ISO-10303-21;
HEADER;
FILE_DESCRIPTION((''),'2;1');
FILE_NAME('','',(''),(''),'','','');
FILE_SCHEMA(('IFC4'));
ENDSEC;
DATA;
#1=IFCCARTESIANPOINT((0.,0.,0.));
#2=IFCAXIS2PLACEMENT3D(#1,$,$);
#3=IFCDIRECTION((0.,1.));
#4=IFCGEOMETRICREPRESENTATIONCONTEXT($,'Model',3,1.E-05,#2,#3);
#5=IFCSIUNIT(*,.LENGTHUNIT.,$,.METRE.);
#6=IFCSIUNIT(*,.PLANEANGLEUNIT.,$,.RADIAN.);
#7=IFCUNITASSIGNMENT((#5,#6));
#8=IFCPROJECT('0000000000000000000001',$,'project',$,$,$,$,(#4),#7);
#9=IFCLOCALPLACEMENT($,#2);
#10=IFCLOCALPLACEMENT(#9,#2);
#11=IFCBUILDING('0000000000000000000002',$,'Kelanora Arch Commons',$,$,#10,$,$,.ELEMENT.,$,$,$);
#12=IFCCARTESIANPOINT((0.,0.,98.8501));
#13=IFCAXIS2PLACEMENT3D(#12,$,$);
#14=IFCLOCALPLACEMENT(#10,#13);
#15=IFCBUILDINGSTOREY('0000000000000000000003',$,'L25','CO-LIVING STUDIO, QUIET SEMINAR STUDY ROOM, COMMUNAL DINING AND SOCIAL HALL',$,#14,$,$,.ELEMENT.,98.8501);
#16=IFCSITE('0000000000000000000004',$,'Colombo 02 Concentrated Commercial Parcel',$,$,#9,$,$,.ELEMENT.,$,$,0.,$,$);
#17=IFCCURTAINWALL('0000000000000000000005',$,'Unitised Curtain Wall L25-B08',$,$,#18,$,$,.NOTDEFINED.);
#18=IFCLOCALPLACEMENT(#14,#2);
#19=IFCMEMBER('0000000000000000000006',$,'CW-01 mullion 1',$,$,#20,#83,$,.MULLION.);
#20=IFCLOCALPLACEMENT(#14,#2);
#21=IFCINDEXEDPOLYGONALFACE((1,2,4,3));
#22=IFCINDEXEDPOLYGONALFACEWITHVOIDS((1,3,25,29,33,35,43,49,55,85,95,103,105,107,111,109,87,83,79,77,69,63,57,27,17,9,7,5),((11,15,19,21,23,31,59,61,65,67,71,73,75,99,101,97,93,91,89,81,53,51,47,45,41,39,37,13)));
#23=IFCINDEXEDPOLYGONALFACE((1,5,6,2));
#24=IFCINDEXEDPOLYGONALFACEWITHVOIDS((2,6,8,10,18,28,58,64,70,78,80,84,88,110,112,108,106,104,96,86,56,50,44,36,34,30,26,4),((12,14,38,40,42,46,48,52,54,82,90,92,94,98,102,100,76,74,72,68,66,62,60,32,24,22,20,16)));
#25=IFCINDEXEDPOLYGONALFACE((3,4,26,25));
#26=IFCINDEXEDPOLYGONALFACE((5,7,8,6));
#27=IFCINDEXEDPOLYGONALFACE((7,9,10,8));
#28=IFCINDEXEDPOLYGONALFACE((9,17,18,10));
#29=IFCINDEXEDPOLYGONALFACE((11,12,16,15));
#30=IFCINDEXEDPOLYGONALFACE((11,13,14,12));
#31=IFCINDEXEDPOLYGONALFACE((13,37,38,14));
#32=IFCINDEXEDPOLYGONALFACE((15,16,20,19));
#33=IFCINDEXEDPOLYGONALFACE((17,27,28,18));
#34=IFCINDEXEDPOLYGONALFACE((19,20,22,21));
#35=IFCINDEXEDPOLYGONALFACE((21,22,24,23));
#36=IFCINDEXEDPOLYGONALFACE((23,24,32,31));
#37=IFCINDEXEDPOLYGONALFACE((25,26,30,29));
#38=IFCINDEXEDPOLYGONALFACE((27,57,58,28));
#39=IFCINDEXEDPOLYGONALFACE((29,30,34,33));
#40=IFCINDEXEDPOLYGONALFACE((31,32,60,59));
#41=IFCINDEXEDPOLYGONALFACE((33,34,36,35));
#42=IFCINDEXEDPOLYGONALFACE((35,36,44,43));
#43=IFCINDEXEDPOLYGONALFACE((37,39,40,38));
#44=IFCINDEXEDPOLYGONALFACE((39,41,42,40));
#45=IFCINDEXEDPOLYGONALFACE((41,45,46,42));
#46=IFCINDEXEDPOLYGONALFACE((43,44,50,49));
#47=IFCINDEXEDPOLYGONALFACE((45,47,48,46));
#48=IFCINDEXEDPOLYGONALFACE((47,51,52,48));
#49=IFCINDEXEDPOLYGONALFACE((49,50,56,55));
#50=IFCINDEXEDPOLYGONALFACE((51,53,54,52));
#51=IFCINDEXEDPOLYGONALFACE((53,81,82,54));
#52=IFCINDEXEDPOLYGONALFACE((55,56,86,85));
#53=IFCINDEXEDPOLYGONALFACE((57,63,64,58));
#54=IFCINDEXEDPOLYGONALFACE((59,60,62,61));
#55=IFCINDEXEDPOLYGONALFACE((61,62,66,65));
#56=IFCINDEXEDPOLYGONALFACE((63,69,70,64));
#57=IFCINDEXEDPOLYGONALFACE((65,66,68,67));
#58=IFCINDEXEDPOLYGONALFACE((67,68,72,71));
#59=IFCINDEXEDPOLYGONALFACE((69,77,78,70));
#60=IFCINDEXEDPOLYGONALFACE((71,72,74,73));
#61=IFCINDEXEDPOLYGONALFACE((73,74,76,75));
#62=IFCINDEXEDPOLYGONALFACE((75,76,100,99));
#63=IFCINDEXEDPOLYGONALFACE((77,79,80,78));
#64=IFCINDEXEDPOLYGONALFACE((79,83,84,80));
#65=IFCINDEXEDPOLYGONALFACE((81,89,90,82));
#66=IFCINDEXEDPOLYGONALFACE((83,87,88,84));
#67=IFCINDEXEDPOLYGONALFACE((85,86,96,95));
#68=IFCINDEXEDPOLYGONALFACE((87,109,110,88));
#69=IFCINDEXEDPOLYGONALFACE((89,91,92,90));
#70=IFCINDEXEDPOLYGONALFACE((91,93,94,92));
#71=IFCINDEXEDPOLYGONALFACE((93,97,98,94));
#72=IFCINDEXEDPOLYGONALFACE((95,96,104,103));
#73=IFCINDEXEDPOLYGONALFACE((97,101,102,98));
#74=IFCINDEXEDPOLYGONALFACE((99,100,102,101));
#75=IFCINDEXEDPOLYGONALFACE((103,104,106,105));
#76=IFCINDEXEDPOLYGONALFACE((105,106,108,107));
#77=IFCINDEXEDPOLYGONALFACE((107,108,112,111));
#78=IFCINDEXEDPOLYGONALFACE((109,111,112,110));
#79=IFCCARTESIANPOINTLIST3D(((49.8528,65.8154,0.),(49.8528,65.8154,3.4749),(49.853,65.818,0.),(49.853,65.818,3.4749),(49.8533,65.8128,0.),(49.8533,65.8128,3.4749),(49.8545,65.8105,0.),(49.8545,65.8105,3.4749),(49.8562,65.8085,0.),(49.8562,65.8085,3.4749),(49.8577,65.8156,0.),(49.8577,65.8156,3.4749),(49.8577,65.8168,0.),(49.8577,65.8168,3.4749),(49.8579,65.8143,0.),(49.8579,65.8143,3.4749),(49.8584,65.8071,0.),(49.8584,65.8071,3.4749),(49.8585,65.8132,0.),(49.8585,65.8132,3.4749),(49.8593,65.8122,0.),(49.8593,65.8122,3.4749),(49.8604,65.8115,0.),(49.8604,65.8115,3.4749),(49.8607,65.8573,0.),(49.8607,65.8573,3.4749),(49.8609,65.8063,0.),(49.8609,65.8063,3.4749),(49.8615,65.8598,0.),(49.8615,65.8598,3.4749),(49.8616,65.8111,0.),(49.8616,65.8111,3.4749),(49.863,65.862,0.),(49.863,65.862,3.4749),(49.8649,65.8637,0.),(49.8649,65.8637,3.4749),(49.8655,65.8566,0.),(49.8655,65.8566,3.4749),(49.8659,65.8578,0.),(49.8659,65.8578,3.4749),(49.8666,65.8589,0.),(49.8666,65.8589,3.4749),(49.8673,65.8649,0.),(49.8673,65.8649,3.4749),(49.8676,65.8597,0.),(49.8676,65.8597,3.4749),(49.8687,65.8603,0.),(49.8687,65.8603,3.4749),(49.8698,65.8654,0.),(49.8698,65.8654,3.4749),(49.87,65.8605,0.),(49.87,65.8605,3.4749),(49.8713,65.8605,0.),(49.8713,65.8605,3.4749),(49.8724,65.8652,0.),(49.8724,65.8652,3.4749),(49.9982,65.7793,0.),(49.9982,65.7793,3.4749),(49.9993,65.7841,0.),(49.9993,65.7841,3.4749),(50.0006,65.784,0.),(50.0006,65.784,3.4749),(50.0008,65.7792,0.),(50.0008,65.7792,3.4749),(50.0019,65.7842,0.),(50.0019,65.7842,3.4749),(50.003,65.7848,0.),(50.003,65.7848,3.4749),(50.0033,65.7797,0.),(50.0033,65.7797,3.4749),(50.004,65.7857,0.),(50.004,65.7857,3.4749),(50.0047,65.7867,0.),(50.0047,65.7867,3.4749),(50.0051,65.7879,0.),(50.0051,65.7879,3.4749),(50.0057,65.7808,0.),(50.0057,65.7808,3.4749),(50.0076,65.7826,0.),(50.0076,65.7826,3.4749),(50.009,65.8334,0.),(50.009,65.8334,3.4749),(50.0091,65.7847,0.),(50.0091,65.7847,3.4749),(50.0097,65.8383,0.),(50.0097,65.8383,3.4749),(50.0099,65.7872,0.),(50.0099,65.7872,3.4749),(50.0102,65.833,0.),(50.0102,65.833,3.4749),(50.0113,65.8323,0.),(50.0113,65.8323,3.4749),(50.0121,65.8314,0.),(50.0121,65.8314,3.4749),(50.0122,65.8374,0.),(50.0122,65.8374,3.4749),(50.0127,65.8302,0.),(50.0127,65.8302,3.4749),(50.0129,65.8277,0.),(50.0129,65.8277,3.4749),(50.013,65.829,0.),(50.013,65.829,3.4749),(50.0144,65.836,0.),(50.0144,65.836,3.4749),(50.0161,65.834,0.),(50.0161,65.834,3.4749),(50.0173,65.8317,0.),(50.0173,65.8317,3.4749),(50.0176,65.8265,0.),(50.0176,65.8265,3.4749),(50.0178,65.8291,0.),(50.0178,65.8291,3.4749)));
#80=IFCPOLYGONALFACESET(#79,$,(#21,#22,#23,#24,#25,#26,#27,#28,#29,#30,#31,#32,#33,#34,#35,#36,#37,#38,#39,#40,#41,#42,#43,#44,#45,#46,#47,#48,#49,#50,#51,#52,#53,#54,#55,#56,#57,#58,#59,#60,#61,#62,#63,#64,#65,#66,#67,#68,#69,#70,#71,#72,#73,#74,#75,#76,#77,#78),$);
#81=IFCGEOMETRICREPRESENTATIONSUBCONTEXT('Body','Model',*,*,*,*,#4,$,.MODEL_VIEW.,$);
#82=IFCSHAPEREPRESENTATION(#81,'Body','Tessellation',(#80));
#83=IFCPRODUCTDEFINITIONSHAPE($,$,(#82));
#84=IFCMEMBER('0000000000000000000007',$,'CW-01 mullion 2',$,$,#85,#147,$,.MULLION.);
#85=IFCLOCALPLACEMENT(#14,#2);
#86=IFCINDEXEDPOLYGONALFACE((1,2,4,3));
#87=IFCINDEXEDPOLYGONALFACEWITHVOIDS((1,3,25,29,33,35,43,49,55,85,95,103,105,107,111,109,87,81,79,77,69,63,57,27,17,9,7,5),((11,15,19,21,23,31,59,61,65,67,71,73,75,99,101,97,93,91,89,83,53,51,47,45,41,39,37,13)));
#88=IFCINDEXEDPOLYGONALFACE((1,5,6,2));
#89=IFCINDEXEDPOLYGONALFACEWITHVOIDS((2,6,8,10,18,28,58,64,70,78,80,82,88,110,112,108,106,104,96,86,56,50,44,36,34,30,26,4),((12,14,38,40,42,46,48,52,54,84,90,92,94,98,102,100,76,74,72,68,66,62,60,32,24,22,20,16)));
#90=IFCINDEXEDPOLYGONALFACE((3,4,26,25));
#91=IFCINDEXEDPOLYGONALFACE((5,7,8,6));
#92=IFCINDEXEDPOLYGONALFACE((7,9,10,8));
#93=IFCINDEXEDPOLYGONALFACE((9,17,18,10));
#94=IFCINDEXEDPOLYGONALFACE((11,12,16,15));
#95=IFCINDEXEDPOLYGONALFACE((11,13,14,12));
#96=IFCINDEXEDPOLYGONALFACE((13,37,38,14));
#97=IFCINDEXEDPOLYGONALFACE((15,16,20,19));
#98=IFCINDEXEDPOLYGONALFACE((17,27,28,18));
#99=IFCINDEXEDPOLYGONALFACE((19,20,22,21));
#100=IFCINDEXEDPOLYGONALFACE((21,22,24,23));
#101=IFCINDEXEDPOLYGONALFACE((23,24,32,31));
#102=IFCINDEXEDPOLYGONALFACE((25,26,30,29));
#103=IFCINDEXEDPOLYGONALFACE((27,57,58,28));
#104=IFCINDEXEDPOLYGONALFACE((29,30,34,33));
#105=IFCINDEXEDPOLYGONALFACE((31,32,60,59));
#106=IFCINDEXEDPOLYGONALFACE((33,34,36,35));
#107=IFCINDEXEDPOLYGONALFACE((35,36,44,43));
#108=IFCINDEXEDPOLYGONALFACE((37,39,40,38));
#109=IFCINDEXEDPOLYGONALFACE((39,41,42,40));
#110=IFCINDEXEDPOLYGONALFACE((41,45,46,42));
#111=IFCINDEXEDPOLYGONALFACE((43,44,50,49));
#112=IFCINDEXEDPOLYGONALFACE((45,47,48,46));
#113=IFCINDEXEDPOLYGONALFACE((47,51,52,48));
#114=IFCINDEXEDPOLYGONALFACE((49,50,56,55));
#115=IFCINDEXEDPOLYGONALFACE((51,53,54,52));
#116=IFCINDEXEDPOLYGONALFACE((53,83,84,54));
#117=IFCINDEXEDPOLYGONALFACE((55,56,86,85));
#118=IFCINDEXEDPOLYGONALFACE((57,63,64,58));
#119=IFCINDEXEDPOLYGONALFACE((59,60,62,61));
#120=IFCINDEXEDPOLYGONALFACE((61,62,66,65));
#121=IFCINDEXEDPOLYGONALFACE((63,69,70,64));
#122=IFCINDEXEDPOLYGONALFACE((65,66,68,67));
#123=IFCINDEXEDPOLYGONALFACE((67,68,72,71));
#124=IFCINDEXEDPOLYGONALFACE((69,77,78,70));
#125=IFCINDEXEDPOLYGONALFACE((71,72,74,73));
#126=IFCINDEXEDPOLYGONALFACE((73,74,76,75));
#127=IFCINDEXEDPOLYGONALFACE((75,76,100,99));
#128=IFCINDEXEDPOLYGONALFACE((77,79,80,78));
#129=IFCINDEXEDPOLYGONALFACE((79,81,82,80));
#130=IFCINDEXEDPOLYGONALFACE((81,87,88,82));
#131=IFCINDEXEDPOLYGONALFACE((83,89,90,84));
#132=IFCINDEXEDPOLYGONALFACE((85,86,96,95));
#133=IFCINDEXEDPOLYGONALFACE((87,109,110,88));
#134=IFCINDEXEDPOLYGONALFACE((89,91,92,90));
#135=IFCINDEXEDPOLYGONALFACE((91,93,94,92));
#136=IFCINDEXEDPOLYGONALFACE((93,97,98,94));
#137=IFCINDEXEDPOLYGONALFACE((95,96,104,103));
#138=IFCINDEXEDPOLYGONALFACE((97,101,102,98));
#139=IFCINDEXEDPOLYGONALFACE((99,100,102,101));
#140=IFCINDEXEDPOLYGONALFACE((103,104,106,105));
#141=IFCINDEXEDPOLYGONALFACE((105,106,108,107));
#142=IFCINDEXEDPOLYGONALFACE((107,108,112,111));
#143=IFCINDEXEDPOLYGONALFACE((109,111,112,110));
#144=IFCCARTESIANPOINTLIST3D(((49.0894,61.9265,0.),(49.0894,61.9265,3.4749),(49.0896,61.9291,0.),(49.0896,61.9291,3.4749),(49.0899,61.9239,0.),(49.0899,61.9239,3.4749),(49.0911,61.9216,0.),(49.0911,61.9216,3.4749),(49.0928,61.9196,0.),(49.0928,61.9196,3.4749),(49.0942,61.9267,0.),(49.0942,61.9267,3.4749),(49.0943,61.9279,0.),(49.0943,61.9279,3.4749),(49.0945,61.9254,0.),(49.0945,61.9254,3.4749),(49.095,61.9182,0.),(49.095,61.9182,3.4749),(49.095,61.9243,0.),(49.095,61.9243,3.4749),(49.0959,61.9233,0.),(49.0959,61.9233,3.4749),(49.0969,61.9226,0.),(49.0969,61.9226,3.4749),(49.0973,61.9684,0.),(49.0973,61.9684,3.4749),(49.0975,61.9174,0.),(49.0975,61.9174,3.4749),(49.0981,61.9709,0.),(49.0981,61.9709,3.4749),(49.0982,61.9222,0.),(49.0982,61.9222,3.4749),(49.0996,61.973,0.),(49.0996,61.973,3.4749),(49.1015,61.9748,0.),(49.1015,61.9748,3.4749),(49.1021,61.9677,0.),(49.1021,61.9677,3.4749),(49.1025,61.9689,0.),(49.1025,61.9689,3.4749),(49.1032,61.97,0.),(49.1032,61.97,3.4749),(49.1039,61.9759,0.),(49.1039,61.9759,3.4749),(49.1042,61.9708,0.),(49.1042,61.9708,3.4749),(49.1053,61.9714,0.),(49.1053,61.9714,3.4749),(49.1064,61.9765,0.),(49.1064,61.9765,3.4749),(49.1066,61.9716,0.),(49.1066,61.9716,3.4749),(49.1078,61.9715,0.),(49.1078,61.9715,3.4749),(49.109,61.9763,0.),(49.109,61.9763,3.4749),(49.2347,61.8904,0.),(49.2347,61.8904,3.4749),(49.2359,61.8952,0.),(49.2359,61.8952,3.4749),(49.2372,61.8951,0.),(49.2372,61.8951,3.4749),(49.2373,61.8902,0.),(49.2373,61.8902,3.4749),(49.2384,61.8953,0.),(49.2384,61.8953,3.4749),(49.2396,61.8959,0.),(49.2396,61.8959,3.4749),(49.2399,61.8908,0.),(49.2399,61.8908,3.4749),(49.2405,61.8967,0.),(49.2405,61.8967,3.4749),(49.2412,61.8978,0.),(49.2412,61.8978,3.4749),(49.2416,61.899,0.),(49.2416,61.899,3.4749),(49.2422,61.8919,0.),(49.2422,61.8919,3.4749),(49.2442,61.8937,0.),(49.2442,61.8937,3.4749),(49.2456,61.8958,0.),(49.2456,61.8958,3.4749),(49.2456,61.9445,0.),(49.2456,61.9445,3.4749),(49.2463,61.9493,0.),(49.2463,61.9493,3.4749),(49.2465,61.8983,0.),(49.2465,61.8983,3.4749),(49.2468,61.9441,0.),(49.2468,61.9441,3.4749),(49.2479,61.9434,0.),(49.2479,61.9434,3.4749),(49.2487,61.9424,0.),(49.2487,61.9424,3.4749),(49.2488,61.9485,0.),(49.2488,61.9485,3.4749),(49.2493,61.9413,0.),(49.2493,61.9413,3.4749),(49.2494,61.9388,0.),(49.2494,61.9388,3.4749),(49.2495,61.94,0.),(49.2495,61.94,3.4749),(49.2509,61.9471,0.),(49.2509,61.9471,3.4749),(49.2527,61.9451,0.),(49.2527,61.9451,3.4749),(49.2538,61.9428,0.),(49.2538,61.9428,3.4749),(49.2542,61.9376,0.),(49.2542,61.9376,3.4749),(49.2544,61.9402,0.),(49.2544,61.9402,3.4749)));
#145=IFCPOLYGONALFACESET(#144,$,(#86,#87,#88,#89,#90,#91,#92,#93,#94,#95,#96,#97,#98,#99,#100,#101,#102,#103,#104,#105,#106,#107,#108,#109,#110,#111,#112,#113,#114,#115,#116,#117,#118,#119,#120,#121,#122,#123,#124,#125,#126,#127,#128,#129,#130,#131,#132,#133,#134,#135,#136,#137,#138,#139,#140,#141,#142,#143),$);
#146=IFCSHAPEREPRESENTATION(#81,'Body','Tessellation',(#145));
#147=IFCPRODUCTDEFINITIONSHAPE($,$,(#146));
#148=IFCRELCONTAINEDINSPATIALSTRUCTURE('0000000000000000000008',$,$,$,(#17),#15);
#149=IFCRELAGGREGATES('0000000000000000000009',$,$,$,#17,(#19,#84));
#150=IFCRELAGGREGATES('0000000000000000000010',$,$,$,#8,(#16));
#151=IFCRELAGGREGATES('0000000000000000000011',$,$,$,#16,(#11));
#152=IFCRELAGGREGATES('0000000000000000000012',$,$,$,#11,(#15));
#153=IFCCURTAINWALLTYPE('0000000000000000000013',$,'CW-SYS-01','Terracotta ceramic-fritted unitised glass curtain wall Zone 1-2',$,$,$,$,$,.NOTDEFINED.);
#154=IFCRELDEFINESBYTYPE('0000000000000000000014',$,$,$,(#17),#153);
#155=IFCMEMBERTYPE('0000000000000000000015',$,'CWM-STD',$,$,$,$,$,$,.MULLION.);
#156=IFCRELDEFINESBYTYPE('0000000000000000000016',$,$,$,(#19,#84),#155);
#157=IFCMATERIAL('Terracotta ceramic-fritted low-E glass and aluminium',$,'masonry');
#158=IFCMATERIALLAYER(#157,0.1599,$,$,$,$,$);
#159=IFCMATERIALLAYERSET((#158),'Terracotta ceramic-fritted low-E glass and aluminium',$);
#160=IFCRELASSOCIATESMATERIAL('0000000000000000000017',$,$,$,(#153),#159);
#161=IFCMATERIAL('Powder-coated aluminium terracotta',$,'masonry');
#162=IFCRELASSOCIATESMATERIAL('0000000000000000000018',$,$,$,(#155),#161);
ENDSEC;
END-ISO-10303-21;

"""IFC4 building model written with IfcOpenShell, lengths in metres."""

from ifc_helpers import new_model, si_unit, direction, frame, origin, origin_2d, place, context, subcontext, project, spatial, hollow_rectangle, extrude, material, layer, layer_set, material_profile, profile_set, type_object, element, aggregate, save


model = new_model("IFC4")

# Units and contexts
model_context = context("Model", 3, precision=1e-05, world=origin(), true_north=direction((0.0, 1.0)))
body_context = subcontext(model_context, "Body", "Model", "MODEL_VIEW")
ifc_project = project(units=[si_unit("LENGTHUNIT", "METRE"), si_unit("PLANEANGLEUNIT", "RADIAN")], contexts=[model_context])

# Site, building, storey
site_placement = place(None, origin())
site = spatial("IfcSite", under=ifc_project, at=site_placement, Name="Colombo 02 Concentrated Commercial Parcel", CompositionType="ELEMENT", RefElevation=0.0)
building_placement = place(site_placement, origin())
building = spatial("IfcBuilding", under=site, at=building_placement, Name="Kelanora Arch Commons", CompositionType="ELEMENT")
storey_placement = place(building_placement, frame((0.0, 0.0, 98.8501)))
storey = spatial("IfcBuildingStorey", under=building, at=storey_placement, Name="L25", Description="CO-LIVING STUDIO, QUIET SEMINAR STUDY ROOM, COMMUNAL DINING AND SOCIAL HALL", CompositionType="ELEMENT", Elevation=98.8501)

# Curtain wall, members
ifc_material_1 = material(Name="Terracotta ceramic-fritted low-E glass and aluminium", Category="masonry")
ifc_layer_1 = layer(ifc_material_1, 0.1599)
ifc_layer_set_1 = layer_set([ifc_layer_1], Name="Terracotta ceramic-fritted low-E glass and aluminium")
curtain_wall_type = type_object("IfcCurtainWallType", Name="CW-SYS-01", Description="Terracotta ceramic-fritted unitised glass curtain wall Zone 1-2", PredefinedType="NOTDEFINED", material=ifc_layer_set_1)
curtain_wall_placement = place(storey_placement, origin())
curtain_wall = element("IfcCurtainWall", 1, at=curtain_wall_placement, inside=storey, type_object=curtain_wall_type, Name="Unitised Curtain Wall L25-B08", PredefinedType="NOTDEFINED")
ifc_material_2 = material(Name="Powder-coated aluminium terracotta", Category="masonry")
ifc_material_profile_1 = material_profile(ifc_material_2, hollow_rectangle(XDim=0.1599, YDim=0.0601, WallThickness=0.0049, InnerFilletRadius=0.0049, OuterFilletRadius=0.01, at=origin_2d()), Name="CWM160x60")
ifc_profile_set_1 = profile_set([ifc_material_profile_1], Name="Powder-coated aluminium terracotta")
member_type_1 = type_object("IfcMemberType", Name="CWM-STD", PredefinedType="MULLION", material=ifc_profile_set_1)
member_1_placement = place(storey_placement, frame((49.9353, 65.8223, 0.0), z_axis=(0.0, 0.0, 1.0), x_axis=(0.98128, -0.192585, 0.0)))
member_1 = element("IfcMember", 2, at=member_1_placement, type_object=member_type_1, Name="CW-01 mullion 1", PredefinedType="MULLION", context=body_context, shape_type="SweptSolid", body=[
    extrude(hollow_rectangle(XDim=0.1599, YDim=0.0601, WallThickness=0.0049, InnerFilletRadius=0.0049, OuterFilletRadius=0.01, at=origin_2d()), origin(), (0.0, 0.0, 1.0), 3.4749),
])
member_2_placement = place(storey_placement, frame((49.1719, 61.9333, 0.0), z_axis=(0.0, 0.0, 1.0), x_axis=(0.98128, -0.192585, 0.0)))
member_2 = element("IfcMember", 3, at=member_2_placement, type_object=member_type_1, Name="CW-01 mullion 2", PredefinedType="MULLION", context=body_context, shape_type="SweptSolid", body=[
    extrude(hollow_rectangle(XDim=0.1599, YDim=0.0601, WallThickness=0.0049, InnerFilletRadius=0.0049, OuterFilletRadius=0.01, at=origin_2d()), origin(), (0.0, 0.0, 1.0), 3.4749),
])
aggregate(curtain_wall, [member_1, member_2])

save(model, "model.ifc")
